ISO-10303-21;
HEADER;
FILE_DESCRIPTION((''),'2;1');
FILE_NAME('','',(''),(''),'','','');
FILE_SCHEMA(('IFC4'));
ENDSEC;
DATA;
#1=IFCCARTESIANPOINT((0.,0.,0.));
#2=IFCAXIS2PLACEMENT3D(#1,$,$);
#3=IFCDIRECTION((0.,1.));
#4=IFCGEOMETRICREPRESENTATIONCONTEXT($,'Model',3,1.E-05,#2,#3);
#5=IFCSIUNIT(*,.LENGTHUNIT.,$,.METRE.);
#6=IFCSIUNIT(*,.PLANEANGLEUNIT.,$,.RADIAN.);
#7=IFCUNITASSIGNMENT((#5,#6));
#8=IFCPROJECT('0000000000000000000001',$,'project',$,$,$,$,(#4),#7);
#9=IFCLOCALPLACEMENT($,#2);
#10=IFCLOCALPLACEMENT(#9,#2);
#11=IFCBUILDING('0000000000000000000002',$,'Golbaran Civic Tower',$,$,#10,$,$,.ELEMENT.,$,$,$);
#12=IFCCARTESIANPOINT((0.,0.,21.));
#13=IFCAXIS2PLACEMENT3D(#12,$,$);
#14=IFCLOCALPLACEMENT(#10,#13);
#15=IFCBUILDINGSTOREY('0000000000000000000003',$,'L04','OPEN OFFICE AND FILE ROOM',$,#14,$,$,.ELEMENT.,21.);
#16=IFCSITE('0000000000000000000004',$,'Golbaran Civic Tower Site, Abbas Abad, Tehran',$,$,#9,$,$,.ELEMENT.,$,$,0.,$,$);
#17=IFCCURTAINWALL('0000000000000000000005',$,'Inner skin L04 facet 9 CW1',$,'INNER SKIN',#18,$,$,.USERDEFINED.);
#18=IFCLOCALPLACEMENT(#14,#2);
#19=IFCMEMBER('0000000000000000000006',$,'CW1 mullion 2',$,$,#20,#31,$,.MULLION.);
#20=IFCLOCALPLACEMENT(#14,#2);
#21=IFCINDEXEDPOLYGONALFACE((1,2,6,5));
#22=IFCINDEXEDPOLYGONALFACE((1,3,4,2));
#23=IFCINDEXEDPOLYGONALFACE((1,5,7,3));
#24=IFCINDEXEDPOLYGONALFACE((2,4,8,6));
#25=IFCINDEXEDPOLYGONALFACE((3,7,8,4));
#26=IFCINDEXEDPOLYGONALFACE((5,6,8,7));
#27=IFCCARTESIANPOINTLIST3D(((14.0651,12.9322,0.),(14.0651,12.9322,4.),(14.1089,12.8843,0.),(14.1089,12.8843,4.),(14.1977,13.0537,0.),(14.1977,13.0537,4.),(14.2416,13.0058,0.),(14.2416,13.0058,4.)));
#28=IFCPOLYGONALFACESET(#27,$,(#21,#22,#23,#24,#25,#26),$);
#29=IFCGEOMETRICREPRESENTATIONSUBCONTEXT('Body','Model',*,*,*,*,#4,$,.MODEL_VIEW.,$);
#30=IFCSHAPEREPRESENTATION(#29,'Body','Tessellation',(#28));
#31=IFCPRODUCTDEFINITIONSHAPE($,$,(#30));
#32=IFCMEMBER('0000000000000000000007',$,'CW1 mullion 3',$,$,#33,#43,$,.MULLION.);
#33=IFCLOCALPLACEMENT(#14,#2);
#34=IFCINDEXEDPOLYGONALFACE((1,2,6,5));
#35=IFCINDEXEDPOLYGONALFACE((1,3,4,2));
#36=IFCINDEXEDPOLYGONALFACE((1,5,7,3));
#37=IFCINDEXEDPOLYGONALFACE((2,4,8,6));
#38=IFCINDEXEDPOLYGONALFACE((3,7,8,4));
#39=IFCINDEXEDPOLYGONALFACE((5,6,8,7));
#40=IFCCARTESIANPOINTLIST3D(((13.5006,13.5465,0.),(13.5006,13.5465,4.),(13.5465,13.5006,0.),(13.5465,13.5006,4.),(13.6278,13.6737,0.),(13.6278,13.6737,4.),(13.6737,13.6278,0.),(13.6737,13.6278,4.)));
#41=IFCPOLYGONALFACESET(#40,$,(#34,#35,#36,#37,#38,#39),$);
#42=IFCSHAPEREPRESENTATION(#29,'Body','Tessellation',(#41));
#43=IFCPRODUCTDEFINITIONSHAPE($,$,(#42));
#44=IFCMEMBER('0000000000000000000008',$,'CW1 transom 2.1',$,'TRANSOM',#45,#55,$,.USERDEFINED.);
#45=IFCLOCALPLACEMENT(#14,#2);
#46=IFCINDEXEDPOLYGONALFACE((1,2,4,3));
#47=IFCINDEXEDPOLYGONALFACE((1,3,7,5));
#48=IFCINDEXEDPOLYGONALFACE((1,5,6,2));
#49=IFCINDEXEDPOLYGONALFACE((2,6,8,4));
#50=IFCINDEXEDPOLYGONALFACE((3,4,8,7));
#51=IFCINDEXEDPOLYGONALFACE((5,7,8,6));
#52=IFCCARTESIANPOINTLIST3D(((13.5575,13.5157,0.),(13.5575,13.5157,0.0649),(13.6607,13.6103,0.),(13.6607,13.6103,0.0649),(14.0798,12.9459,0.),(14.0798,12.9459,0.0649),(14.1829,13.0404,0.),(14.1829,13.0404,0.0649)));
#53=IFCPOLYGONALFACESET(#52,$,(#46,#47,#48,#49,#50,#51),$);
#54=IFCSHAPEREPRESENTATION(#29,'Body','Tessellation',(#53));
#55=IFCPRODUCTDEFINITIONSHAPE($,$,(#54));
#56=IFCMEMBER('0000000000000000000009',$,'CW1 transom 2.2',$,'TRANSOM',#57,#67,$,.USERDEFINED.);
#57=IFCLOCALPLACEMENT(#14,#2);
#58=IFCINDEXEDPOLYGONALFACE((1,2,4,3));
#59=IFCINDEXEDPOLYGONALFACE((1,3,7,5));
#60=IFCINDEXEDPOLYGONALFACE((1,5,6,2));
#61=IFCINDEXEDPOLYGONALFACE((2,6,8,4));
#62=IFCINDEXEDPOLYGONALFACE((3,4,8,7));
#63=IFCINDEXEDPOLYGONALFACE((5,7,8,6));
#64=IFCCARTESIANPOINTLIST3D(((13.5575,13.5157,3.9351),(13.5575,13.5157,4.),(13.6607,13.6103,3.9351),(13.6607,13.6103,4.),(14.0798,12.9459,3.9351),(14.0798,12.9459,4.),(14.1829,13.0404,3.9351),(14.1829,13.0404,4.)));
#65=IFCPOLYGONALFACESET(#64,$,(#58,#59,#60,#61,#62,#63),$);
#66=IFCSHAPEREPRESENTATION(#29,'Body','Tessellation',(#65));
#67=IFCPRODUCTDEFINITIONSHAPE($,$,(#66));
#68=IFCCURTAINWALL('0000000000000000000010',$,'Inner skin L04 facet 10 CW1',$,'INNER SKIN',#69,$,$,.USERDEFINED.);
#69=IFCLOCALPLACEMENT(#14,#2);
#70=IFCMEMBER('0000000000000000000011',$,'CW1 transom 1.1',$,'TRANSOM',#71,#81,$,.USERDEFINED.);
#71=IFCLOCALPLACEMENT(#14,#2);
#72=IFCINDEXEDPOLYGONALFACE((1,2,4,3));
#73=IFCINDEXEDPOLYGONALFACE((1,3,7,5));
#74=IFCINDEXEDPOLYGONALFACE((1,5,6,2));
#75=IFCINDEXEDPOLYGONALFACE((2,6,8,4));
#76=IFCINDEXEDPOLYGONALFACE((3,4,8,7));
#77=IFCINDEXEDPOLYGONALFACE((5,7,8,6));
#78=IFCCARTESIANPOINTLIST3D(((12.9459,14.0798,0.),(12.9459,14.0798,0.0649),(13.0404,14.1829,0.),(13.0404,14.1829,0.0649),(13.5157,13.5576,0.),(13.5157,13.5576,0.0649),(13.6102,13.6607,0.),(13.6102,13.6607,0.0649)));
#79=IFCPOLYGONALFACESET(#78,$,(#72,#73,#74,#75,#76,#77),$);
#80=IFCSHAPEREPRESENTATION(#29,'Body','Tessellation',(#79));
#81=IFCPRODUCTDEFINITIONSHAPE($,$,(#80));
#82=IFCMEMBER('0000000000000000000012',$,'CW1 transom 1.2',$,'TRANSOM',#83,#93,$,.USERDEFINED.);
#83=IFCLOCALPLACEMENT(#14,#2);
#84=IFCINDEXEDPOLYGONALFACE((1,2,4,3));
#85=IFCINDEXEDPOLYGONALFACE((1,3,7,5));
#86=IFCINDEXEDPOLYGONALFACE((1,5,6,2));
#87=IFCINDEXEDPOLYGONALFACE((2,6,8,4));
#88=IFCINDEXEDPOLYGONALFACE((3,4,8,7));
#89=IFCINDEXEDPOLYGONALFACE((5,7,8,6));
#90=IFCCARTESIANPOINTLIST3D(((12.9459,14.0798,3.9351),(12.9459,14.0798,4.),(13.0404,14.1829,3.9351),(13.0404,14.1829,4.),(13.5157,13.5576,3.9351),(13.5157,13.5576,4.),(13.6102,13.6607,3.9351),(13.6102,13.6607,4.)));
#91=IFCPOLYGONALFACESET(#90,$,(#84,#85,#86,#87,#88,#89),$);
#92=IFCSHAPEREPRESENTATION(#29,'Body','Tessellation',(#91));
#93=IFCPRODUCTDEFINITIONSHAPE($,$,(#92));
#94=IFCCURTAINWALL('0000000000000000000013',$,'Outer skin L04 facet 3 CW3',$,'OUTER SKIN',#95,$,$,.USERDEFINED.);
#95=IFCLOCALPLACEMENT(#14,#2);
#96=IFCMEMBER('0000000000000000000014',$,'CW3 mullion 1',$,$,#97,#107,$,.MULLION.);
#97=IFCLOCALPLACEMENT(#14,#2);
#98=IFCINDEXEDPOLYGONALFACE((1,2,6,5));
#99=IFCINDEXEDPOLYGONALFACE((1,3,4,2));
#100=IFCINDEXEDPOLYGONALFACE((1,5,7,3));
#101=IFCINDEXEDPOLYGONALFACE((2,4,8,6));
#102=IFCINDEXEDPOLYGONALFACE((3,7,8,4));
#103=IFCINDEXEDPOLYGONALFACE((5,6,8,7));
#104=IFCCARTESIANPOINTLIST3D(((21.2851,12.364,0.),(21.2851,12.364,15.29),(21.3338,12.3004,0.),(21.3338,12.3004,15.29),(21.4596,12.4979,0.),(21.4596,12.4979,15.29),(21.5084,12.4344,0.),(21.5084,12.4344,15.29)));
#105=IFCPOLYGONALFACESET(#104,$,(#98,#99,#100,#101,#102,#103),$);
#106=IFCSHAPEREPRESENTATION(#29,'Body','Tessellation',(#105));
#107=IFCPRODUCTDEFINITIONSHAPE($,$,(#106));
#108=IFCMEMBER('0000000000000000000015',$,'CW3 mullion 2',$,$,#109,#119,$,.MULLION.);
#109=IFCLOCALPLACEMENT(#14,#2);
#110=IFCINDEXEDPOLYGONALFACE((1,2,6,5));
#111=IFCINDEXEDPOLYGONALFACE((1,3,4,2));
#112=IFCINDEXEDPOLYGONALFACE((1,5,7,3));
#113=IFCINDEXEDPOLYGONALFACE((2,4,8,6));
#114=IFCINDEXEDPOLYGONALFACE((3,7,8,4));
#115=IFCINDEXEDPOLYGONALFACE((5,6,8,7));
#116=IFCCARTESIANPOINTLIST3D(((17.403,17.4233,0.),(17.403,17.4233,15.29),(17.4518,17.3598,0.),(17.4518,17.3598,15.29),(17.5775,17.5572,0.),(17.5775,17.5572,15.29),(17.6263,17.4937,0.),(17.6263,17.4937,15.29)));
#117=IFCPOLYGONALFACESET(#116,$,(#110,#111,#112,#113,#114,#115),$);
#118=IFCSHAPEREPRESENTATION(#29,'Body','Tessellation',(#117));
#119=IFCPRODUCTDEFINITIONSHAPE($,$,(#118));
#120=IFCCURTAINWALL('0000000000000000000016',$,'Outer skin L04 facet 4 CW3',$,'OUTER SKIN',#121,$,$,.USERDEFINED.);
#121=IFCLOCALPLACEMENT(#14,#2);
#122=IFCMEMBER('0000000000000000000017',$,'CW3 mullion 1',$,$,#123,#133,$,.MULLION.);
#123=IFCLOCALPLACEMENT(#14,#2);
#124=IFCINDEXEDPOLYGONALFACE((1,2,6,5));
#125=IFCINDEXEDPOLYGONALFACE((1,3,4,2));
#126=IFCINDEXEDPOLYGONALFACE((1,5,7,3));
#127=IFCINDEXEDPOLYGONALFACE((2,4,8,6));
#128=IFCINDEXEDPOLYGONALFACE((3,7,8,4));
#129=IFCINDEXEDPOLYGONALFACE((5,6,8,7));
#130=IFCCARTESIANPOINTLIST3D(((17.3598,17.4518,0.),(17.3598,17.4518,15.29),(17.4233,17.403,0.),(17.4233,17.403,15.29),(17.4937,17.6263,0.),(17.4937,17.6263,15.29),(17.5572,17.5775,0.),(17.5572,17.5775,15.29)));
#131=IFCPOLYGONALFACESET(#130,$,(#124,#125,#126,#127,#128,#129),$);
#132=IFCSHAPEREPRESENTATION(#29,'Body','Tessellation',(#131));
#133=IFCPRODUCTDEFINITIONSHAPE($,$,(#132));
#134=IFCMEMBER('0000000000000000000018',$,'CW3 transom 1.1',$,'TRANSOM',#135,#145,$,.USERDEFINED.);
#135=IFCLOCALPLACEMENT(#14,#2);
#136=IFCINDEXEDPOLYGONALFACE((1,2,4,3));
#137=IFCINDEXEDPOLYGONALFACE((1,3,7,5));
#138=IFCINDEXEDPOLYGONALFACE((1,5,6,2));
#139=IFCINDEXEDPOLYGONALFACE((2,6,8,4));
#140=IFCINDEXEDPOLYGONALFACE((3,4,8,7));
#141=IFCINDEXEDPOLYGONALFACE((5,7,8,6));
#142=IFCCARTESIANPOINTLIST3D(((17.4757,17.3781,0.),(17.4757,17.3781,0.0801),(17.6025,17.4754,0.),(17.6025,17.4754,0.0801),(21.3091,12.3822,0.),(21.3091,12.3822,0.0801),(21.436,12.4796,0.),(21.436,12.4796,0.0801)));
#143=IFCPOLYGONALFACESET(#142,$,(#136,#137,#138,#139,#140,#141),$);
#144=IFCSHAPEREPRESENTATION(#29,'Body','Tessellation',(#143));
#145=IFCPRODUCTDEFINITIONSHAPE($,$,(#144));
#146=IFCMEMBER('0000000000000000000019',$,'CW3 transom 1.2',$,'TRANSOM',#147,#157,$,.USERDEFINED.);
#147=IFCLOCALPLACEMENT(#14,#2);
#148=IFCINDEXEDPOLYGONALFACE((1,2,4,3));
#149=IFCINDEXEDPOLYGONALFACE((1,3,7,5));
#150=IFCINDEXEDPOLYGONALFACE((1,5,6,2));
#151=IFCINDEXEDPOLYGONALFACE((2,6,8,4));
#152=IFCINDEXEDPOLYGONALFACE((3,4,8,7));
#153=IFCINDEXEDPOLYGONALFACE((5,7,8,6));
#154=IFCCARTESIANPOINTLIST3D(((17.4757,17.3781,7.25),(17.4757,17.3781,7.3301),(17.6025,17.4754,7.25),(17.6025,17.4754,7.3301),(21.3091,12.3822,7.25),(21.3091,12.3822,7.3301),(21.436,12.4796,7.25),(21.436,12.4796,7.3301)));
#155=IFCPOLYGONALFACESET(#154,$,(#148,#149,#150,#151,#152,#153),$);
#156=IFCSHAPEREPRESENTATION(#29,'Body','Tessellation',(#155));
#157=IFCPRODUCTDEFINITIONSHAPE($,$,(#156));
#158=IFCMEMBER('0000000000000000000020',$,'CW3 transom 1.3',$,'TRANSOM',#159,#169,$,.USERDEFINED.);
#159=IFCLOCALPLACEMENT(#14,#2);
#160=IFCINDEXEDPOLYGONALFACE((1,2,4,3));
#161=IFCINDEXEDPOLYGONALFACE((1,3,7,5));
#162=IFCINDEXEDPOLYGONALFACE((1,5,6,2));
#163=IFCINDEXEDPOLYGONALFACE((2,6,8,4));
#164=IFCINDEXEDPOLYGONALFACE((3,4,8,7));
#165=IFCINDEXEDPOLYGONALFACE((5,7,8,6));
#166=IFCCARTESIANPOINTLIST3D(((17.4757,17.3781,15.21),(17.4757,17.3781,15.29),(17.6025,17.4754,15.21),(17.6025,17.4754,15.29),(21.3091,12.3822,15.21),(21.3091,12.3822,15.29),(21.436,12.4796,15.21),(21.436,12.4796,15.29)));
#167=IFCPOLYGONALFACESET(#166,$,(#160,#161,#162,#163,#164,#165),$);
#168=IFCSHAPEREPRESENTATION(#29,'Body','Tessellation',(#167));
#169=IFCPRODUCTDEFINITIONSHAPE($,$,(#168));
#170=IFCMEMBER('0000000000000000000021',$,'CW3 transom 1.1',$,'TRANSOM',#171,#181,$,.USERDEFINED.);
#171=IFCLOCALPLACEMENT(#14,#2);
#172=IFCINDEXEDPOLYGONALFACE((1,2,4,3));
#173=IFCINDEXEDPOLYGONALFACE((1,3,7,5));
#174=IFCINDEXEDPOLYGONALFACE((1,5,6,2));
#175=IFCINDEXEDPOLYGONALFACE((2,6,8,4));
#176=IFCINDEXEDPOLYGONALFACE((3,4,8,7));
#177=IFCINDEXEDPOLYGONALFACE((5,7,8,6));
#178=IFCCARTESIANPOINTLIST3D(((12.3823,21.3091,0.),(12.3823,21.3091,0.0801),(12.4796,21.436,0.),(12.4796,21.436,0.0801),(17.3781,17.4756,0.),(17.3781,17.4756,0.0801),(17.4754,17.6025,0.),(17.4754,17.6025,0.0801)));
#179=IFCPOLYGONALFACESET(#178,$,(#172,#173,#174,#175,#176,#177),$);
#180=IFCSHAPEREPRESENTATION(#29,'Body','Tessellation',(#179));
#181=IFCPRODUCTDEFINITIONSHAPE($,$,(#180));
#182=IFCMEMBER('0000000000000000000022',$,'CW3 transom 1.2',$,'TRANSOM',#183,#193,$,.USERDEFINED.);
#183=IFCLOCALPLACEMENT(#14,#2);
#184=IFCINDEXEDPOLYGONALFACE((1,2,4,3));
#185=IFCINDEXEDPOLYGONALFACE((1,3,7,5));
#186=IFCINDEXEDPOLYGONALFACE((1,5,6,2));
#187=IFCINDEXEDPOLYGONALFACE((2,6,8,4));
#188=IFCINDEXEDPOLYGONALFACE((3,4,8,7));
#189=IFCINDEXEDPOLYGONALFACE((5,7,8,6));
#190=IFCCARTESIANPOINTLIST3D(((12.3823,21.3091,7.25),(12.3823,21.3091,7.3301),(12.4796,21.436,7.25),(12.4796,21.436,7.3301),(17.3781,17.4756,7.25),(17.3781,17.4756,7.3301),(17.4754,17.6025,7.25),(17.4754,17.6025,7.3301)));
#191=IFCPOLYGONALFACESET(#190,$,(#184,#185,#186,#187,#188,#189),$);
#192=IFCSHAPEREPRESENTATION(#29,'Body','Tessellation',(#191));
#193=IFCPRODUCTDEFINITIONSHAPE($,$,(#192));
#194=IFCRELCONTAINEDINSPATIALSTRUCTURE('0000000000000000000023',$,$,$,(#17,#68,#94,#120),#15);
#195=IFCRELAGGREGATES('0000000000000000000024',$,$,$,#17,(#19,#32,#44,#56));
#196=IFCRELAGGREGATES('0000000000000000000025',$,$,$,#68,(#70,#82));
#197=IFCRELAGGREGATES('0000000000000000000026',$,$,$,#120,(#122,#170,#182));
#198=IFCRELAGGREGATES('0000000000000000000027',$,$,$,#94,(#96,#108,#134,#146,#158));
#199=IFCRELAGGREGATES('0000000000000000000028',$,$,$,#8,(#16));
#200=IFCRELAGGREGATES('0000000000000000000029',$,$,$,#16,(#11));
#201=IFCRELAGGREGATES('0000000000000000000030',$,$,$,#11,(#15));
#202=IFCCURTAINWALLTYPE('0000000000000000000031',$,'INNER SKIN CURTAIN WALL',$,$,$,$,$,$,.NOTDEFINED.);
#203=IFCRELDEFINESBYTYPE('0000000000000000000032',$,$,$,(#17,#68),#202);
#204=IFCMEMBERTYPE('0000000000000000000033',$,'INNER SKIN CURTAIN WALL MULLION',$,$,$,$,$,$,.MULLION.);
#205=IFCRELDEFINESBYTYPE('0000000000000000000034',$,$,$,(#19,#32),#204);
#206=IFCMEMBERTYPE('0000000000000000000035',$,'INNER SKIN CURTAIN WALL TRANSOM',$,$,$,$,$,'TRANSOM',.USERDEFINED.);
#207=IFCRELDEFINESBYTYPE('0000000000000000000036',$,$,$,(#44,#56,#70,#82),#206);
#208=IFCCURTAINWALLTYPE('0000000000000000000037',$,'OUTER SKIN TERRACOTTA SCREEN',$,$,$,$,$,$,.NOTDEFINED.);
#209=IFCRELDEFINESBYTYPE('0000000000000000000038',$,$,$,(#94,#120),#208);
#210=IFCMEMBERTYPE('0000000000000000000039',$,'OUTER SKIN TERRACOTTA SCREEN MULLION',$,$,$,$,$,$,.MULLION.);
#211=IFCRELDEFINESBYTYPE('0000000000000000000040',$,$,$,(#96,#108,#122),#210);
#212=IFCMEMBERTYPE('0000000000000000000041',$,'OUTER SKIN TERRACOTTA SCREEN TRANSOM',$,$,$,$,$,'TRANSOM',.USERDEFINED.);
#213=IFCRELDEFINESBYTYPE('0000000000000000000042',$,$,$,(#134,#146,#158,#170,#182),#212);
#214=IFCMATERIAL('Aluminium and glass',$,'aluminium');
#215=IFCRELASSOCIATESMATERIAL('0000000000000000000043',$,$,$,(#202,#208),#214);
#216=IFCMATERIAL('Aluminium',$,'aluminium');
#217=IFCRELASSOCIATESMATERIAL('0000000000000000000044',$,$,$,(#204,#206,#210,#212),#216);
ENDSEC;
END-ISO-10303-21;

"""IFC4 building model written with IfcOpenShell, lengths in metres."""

from ifc_helpers import new_model, si_unit, direction, frame, origin, origin_2d, place, context, subcontext, project, spatial, rectangle, extrude, material, material_profile, profile_set, type_object, element, aggregate, save


model = new_model("IFC4")

# Units and contexts
model_context = context("Model", 3, precision=1e-05, world=origin(), true_north=direction((0.0, 1.0)))
body_context = subcontext(model_context, "Body", "Model", "MODEL_VIEW")
ifc_project = project(units=[si_unit("LENGTHUNIT", "METRE"), si_unit("PLANEANGLEUNIT", "RADIAN")], contexts=[model_context])

# Site, building, storey
site_placement = place(None, origin())
site = spatial("IfcSite", under=ifc_project, at=site_placement, Name="Golbaran Civic Tower Site, Abbas Abad, Tehran", CompositionType="ELEMENT", RefElevation=0.0)
building_placement = place(site_placement, origin())
building = spatial("IfcBuilding", under=site, at=building_placement, Name="Golbaran Civic Tower", CompositionType="ELEMENT")
storey_placement = place(building_placement, frame((0.0, 0.0, 21.0)))
storey = spatial("IfcBuildingStorey", under=building, at=storey_placement, Name="L04", Description="OPEN OFFICE AND FILE ROOM", CompositionType="ELEMENT", Elevation=21.0)

# Curtain walls, members
ifc_material_1 = material(Name="Aluminium and glass", Category="aluminium")
curtain_wall_type_1 = type_object("IfcCurtainWallType", Name="INNER SKIN CURTAIN WALL", PredefinedType="NOTDEFINED", material=ifc_material_1)
curtain_wall_1_placement = place(storey_placement, origin())
curtain_wall_1 = element("IfcCurtainWall", 1, at=curtain_wall_1_placement, inside=storey, type_object=curtain_wall_type_1, Name="Inner skin L04 facet 9 CW1", ObjectType="INNER SKIN", PredefinedType="USERDEFINED")
ifc_material_2 = material(Name="Aluminium", Category="aluminium")
ifc_material_profile_1 = material_profile(ifc_material_2, rectangle(XDim=0.1799, YDim=0.0649, at=origin_2d()), Name="INNER SKIN CURTAIN WALL MULLION")
ifc_profile_set_1 = profile_set([ifc_material_profile_1], Name="Aluminium")
member_type_1 = type_object("IfcMemberType", Name="INNER SKIN CURTAIN WALL MULLION", PredefinedType="MULLION", material=ifc_profile_set_1)
member_1_placement = place(storey_placement, frame((14.1533, 12.969, 0.0), z_axis=(0.0, 0.0, 1.0), x_axis=(-0.737277, -0.67559, 0.0)))
member_1 = element("IfcMember", 2, at=member_1_placement, type_object=member_type_1, Name="CW1 mullion 2", PredefinedType="MULLION", context=body_context, shape_type="SweptSolid", body=[
    extrude(rectangle(XDim=0.1799, YDim=0.0649, at=origin_2d()), origin(), (0.0, 0.0, 1.0), 4.0),
])
member_2_placement = place(storey_placement, frame((13.5872, 13.5872, 0.0), z_axis=(0.0, 0.0, 1.0), x_axis=(-0.707107, -0.707107, 0.0)))
member_2 = element("IfcMember", 3, at=member_2_placement, type_object=member_type_1, Name="CW1 mullion 3", PredefinedType="MULLION", context=body_context, shape_type="SweptSolid", body=[
    extrude(rectangle(XDim=0.1799, YDim=0.0649, at=origin_2d()), origin(), (0.0, 0.0, 1.0), 4.0),
])
ifc_material_profile_2 = material_profile(ifc_material_2, rectangle(XDim=0.1399, YDim=0.0649, at=origin_2d()), Name="INNER SKIN CURTAIN WALL TRANSOM")
ifc_profile_set_2 = profile_set([ifc_material_profile_2], Name="Aluminium")
member_type_2 = type_object("IfcMemberType", Name="INNER SKIN CURTAIN WALL TRANSOM", ElementType="TRANSOM", PredefinedType="USERDEFINED", material=ifc_profile_set_2)
member_3_placement = place(storey_placement, frame((14.1313, 12.9932, 0.0325), z_axis=(-0.675639, 0.737233, 0.0), x_axis=(-0.737233, -0.675639, 0.0)))
member_3 = element("IfcMember", 4, at=member_3_placement, type_object=member_type_2, Name="CW1 transom 2.1", ObjectType="TRANSOM", PredefinedType="USERDEFINED", context=body_context, shape_type="SweptSolid", body=[
    extrude(rectangle(XDim=0.1399, YDim=0.0649, at=origin_2d()), origin(), (0.0, 0.0, 1.0), 0.7729),
])
member_4_placement = place(storey_placement, frame((14.1313, 12.9932, 3.9675), z_axis=(-0.675639, 0.737233, 0.0), x_axis=(-0.737233, -0.675639, 0.0)))
member_4 = element("IfcMember", 5, at=member_4_placement, type_object=member_type_2, Name="CW1 transom 2.2", ObjectType="TRANSOM", PredefinedType="USERDEFINED", context=body_context, shape_type="SweptSolid", body=[
    extrude(rectangle(XDim=0.1399, YDim=0.0649, at=origin_2d()), origin(), (0.0, 0.0, 1.0), 0.7729),
])
curtain_wall_2_placement = place(storey_placement, origin())
curtain_wall_2 = element("IfcCurtainWall", 6, at=curtain_wall_2_placement, inside=storey, type_object=curtain_wall_type_1, Name="Inner skin L04 facet 10 CW1", ObjectType="INNER SKIN", PredefinedType="USERDEFINED")
member_5_placement = place(storey_placement, frame((13.563, 13.6091, 0.0325), z_axis=(-0.737233, 0.675639, 0.0), x_axis=(-0.675639, -0.737233, 0.0)))
member_5 = element("IfcMember", 7, at=member_5_placement, type_object=member_type_2, Name="CW1 transom 1.1", ObjectType="TRANSOM", PredefinedType="USERDEFINED", context=body_context, shape_type="SweptSolid", body=[
    extrude(rectangle(XDim=0.1399, YDim=0.0649, at=origin_2d()), origin(), (0.0, 0.0, 1.0), 0.7729),
])
member_6_placement = place(storey_placement, frame((13.563, 13.6091, 3.9675), z_axis=(-0.737233, 0.675639, 0.0), x_axis=(-0.675639, -0.737233, 0.0)))
member_6 = element("IfcMember", 8, at=member_6_placement, type_object=member_type_2, Name="CW1 transom 1.2", ObjectType="TRANSOM", PredefinedType="USERDEFINED", context=body_context, shape_type="SweptSolid", body=[
    extrude(rectangle(XDim=0.1399, YDim=0.0649, at=origin_2d()), origin(), (0.0, 0.0, 1.0), 0.7729),
])
curtain_wall_type_2 = type_object("IfcCurtainWallType", Name="OUTER SKIN TERRACOTTA SCREEN", PredefinedType="NOTDEFINED", material=ifc_material_1)
curtain_wall_3_placement = place(storey_placement, origin())
curtain_wall_3 = element("IfcCurtainWall", 9, at=curtain_wall_3_placement, inside=storey, type_object=curtain_wall_type_2, Name="Outer skin L04 facet 3 CW3", ObjectType="OUTER SKIN", PredefinedType="USERDEFINED")
ifc_material_profile_3 = material_profile(ifc_material_2, rectangle(XDim=0.22, YDim=0.0801, at=origin_2d()), Name="OUTER SKIN TERRACOTTA SCREEN MULLION")
ifc_profile_set_3 = profile_set([ifc_material_profile_3], Name="Aluminium")
member_type_3 = type_object("IfcMemberType", Name="OUTER SKIN TERRACOTTA SCREEN MULLION", PredefinedType="MULLION", material=ifc_profile_set_3)
member_7_placement = place(storey_placement, frame((21.3967, 12.3992, 0.0), z_axis=(0.0, 0.0, 1.0), x_axis=(-0.793353, -0.608761, 0.0)))
member_7 = element("IfcMember", 10, at=member_7_placement, type_object=member_type_3, Name="CW3 mullion 1", PredefinedType="MULLION", context=body_context, shape_type="SweptSolid", body=[
    extrude(rectangle(XDim=0.22, YDim=0.0801, at=origin_2d()), origin(), (0.0, 0.0, 1.0), 15.29),
])
member_8_placement = place(storey_placement, frame((17.5146, 17.4585, 0.0), z_axis=(0.0, 0.0, 1.0), x_axis=(-0.793353, -0.608761, 0.0)))
member_8 = element("IfcMember", 11, at=member_8_placement, type_object=member_type_3, Name="CW3 mullion 2", PredefinedType="MULLION", context=body_context, shape_type="SweptSolid", body=[
    extrude(rectangle(XDim=0.22, YDim=0.0801, at=origin_2d()), origin(), (0.0, 0.0, 1.0), 15.29),
])

# Curtain wall, member
curtain_wall_4_placement = place(storey_placement, origin())
curtain_wall_4 = element("IfcCurtainWall", 12, at=curtain_wall_4_placement, inside=storey, type_object=curtain_wall_type_2, Name="Outer skin L04 facet 4 CW3", ObjectType="OUTER SKIN", PredefinedType="USERDEFINED")
member_9_placement = place(storey_placement, frame((17.4585, 17.5146, 0.0), z_axis=(0.0, 0.0, 1.0), x_axis=(-0.608761, -0.793353, 0.0)))
member_9 = element("IfcMember", 13, at=member_9_placement, type_object=member_type_3, Name="CW3 mullion 1", PredefinedType="MULLION", context=body_context, shape_type="SweptSolid", body=[
    extrude(rectangle(XDim=0.22, YDim=0.0801, at=origin_2d()), origin(), (0.0, 0.0, 1.0), 15.29),
])

# Members
ifc_material_profile_4 = material_profile(ifc_material_2, rectangle(XDim=0.1599, YDim=0.0801, at=origin_2d()), Name="OUTER SKIN TERRACOTTA SCREEN TRANSOM")
ifc_profile_set_4 = profile_set([ifc_material_profile_4], Name="Aluminium")
member_type_4 = type_object("IfcMemberType", Name="OUTER SKIN TERRACOTTA SCREEN TRANSOM", ElementType="TRANSOM", PredefinedType="USERDEFINED", material=ifc_profile_set_4)
member_10_placement = place(storey_placement, frame((21.3726, 12.4309, 0.04), z_axis=(-0.608766, 0.79335, 0.0), x_axis=(-0.79335, -0.608766, 0.0)))
member_10 = element("IfcMember", 14, at=member_10_placement, type_object=member_type_4, Name="CW3 transom 1.1", ObjectType="TRANSOM", PredefinedType="USERDEFINED", context=body_context, shape_type="SweptSolid", body=[
    extrude(rectangle(XDim=0.1599, YDim=0.0801, at=origin_2d()), origin(), (0.0, 0.0, 1.0), 6.2971),
])
member_11_placement = place(storey_placement, frame((21.3726, 12.4309, 7.29), z_axis=(-0.608766, 0.79335, 0.0), x_axis=(-0.79335, -0.608766, 0.0)))
member_11 = element("IfcMember", 15, at=member_11_placement, type_object=member_type_4, Name="CW3 transom 1.2", ObjectType="TRANSOM", PredefinedType="USERDEFINED", context=body_context, shape_type="SweptSolid", body=[
    extrude(rectangle(XDim=0.1599, YDim=0.0801, at=origin_2d()), origin(), (0.0, 0.0, 1.0), 6.2971),
])
member_12_placement = place(storey_placement, frame((21.3726, 12.4309, 15.25), z_axis=(-0.608766, 0.79335, 0.0), x_axis=(-0.79335, -0.608766, 0.0)))
member_12 = element("IfcMember", 16, at=member_12_placement, type_object=member_type_4, Name="CW3 transom 1.3", ObjectType="TRANSOM", PredefinedType="USERDEFINED", context=body_context, shape_type="SweptSolid", body=[
    extrude(rectangle(XDim=0.1599, YDim=0.0801, at=origin_2d()), origin(), (0.0, 0.0, 1.0), 6.2971),
])
member_13_placement = place(storey_placement, frame((17.4268, 17.5391, 0.04), z_axis=(-0.79335, 0.608766, 0.0), x_axis=(-0.608766, -0.79335, 0.0)))
member_13 = element("IfcMember", 17, at=member_13_placement, type_object=member_type_4, Name="CW3 transom 1.1", ObjectType="TRANSOM", PredefinedType="USERDEFINED", context=body_context, shape_type="SweptSolid", body=[
    extrude(rectangle(XDim=0.1599, YDim=0.0801, at=origin_2d()), origin(), (0.0, 0.0, 1.0), 6.2971),
])
member_14_placement = place(storey_placement, frame((17.4268, 17.5391, 7.29), z_axis=(-0.79335, 0.608766, 0.0), x_axis=(-0.608766, -0.79335, 0.0)))
member_14 = element("IfcMember", 18, at=member_14_placement, type_object=member_type_4, Name="CW3 transom 1.2", ObjectType="TRANSOM", PredefinedType="USERDEFINED", context=body_context, shape_type="SweptSolid", body=[
    extrude(rectangle(XDim=0.1599, YDim=0.0801, at=origin_2d()), origin(), (0.0, 0.0, 1.0), 6.2971),
])

aggregate(curtain_wall_1, [member_1, member_2, member_3, member_4])
aggregate(curtain_wall_2, [member_5, member_6])
aggregate(curtain_wall_4, [member_9, member_13, member_14])
aggregate(curtain_wall_3, [member_7, member_8, member_10, member_11, member_12])

save(model, "model.ifc")
